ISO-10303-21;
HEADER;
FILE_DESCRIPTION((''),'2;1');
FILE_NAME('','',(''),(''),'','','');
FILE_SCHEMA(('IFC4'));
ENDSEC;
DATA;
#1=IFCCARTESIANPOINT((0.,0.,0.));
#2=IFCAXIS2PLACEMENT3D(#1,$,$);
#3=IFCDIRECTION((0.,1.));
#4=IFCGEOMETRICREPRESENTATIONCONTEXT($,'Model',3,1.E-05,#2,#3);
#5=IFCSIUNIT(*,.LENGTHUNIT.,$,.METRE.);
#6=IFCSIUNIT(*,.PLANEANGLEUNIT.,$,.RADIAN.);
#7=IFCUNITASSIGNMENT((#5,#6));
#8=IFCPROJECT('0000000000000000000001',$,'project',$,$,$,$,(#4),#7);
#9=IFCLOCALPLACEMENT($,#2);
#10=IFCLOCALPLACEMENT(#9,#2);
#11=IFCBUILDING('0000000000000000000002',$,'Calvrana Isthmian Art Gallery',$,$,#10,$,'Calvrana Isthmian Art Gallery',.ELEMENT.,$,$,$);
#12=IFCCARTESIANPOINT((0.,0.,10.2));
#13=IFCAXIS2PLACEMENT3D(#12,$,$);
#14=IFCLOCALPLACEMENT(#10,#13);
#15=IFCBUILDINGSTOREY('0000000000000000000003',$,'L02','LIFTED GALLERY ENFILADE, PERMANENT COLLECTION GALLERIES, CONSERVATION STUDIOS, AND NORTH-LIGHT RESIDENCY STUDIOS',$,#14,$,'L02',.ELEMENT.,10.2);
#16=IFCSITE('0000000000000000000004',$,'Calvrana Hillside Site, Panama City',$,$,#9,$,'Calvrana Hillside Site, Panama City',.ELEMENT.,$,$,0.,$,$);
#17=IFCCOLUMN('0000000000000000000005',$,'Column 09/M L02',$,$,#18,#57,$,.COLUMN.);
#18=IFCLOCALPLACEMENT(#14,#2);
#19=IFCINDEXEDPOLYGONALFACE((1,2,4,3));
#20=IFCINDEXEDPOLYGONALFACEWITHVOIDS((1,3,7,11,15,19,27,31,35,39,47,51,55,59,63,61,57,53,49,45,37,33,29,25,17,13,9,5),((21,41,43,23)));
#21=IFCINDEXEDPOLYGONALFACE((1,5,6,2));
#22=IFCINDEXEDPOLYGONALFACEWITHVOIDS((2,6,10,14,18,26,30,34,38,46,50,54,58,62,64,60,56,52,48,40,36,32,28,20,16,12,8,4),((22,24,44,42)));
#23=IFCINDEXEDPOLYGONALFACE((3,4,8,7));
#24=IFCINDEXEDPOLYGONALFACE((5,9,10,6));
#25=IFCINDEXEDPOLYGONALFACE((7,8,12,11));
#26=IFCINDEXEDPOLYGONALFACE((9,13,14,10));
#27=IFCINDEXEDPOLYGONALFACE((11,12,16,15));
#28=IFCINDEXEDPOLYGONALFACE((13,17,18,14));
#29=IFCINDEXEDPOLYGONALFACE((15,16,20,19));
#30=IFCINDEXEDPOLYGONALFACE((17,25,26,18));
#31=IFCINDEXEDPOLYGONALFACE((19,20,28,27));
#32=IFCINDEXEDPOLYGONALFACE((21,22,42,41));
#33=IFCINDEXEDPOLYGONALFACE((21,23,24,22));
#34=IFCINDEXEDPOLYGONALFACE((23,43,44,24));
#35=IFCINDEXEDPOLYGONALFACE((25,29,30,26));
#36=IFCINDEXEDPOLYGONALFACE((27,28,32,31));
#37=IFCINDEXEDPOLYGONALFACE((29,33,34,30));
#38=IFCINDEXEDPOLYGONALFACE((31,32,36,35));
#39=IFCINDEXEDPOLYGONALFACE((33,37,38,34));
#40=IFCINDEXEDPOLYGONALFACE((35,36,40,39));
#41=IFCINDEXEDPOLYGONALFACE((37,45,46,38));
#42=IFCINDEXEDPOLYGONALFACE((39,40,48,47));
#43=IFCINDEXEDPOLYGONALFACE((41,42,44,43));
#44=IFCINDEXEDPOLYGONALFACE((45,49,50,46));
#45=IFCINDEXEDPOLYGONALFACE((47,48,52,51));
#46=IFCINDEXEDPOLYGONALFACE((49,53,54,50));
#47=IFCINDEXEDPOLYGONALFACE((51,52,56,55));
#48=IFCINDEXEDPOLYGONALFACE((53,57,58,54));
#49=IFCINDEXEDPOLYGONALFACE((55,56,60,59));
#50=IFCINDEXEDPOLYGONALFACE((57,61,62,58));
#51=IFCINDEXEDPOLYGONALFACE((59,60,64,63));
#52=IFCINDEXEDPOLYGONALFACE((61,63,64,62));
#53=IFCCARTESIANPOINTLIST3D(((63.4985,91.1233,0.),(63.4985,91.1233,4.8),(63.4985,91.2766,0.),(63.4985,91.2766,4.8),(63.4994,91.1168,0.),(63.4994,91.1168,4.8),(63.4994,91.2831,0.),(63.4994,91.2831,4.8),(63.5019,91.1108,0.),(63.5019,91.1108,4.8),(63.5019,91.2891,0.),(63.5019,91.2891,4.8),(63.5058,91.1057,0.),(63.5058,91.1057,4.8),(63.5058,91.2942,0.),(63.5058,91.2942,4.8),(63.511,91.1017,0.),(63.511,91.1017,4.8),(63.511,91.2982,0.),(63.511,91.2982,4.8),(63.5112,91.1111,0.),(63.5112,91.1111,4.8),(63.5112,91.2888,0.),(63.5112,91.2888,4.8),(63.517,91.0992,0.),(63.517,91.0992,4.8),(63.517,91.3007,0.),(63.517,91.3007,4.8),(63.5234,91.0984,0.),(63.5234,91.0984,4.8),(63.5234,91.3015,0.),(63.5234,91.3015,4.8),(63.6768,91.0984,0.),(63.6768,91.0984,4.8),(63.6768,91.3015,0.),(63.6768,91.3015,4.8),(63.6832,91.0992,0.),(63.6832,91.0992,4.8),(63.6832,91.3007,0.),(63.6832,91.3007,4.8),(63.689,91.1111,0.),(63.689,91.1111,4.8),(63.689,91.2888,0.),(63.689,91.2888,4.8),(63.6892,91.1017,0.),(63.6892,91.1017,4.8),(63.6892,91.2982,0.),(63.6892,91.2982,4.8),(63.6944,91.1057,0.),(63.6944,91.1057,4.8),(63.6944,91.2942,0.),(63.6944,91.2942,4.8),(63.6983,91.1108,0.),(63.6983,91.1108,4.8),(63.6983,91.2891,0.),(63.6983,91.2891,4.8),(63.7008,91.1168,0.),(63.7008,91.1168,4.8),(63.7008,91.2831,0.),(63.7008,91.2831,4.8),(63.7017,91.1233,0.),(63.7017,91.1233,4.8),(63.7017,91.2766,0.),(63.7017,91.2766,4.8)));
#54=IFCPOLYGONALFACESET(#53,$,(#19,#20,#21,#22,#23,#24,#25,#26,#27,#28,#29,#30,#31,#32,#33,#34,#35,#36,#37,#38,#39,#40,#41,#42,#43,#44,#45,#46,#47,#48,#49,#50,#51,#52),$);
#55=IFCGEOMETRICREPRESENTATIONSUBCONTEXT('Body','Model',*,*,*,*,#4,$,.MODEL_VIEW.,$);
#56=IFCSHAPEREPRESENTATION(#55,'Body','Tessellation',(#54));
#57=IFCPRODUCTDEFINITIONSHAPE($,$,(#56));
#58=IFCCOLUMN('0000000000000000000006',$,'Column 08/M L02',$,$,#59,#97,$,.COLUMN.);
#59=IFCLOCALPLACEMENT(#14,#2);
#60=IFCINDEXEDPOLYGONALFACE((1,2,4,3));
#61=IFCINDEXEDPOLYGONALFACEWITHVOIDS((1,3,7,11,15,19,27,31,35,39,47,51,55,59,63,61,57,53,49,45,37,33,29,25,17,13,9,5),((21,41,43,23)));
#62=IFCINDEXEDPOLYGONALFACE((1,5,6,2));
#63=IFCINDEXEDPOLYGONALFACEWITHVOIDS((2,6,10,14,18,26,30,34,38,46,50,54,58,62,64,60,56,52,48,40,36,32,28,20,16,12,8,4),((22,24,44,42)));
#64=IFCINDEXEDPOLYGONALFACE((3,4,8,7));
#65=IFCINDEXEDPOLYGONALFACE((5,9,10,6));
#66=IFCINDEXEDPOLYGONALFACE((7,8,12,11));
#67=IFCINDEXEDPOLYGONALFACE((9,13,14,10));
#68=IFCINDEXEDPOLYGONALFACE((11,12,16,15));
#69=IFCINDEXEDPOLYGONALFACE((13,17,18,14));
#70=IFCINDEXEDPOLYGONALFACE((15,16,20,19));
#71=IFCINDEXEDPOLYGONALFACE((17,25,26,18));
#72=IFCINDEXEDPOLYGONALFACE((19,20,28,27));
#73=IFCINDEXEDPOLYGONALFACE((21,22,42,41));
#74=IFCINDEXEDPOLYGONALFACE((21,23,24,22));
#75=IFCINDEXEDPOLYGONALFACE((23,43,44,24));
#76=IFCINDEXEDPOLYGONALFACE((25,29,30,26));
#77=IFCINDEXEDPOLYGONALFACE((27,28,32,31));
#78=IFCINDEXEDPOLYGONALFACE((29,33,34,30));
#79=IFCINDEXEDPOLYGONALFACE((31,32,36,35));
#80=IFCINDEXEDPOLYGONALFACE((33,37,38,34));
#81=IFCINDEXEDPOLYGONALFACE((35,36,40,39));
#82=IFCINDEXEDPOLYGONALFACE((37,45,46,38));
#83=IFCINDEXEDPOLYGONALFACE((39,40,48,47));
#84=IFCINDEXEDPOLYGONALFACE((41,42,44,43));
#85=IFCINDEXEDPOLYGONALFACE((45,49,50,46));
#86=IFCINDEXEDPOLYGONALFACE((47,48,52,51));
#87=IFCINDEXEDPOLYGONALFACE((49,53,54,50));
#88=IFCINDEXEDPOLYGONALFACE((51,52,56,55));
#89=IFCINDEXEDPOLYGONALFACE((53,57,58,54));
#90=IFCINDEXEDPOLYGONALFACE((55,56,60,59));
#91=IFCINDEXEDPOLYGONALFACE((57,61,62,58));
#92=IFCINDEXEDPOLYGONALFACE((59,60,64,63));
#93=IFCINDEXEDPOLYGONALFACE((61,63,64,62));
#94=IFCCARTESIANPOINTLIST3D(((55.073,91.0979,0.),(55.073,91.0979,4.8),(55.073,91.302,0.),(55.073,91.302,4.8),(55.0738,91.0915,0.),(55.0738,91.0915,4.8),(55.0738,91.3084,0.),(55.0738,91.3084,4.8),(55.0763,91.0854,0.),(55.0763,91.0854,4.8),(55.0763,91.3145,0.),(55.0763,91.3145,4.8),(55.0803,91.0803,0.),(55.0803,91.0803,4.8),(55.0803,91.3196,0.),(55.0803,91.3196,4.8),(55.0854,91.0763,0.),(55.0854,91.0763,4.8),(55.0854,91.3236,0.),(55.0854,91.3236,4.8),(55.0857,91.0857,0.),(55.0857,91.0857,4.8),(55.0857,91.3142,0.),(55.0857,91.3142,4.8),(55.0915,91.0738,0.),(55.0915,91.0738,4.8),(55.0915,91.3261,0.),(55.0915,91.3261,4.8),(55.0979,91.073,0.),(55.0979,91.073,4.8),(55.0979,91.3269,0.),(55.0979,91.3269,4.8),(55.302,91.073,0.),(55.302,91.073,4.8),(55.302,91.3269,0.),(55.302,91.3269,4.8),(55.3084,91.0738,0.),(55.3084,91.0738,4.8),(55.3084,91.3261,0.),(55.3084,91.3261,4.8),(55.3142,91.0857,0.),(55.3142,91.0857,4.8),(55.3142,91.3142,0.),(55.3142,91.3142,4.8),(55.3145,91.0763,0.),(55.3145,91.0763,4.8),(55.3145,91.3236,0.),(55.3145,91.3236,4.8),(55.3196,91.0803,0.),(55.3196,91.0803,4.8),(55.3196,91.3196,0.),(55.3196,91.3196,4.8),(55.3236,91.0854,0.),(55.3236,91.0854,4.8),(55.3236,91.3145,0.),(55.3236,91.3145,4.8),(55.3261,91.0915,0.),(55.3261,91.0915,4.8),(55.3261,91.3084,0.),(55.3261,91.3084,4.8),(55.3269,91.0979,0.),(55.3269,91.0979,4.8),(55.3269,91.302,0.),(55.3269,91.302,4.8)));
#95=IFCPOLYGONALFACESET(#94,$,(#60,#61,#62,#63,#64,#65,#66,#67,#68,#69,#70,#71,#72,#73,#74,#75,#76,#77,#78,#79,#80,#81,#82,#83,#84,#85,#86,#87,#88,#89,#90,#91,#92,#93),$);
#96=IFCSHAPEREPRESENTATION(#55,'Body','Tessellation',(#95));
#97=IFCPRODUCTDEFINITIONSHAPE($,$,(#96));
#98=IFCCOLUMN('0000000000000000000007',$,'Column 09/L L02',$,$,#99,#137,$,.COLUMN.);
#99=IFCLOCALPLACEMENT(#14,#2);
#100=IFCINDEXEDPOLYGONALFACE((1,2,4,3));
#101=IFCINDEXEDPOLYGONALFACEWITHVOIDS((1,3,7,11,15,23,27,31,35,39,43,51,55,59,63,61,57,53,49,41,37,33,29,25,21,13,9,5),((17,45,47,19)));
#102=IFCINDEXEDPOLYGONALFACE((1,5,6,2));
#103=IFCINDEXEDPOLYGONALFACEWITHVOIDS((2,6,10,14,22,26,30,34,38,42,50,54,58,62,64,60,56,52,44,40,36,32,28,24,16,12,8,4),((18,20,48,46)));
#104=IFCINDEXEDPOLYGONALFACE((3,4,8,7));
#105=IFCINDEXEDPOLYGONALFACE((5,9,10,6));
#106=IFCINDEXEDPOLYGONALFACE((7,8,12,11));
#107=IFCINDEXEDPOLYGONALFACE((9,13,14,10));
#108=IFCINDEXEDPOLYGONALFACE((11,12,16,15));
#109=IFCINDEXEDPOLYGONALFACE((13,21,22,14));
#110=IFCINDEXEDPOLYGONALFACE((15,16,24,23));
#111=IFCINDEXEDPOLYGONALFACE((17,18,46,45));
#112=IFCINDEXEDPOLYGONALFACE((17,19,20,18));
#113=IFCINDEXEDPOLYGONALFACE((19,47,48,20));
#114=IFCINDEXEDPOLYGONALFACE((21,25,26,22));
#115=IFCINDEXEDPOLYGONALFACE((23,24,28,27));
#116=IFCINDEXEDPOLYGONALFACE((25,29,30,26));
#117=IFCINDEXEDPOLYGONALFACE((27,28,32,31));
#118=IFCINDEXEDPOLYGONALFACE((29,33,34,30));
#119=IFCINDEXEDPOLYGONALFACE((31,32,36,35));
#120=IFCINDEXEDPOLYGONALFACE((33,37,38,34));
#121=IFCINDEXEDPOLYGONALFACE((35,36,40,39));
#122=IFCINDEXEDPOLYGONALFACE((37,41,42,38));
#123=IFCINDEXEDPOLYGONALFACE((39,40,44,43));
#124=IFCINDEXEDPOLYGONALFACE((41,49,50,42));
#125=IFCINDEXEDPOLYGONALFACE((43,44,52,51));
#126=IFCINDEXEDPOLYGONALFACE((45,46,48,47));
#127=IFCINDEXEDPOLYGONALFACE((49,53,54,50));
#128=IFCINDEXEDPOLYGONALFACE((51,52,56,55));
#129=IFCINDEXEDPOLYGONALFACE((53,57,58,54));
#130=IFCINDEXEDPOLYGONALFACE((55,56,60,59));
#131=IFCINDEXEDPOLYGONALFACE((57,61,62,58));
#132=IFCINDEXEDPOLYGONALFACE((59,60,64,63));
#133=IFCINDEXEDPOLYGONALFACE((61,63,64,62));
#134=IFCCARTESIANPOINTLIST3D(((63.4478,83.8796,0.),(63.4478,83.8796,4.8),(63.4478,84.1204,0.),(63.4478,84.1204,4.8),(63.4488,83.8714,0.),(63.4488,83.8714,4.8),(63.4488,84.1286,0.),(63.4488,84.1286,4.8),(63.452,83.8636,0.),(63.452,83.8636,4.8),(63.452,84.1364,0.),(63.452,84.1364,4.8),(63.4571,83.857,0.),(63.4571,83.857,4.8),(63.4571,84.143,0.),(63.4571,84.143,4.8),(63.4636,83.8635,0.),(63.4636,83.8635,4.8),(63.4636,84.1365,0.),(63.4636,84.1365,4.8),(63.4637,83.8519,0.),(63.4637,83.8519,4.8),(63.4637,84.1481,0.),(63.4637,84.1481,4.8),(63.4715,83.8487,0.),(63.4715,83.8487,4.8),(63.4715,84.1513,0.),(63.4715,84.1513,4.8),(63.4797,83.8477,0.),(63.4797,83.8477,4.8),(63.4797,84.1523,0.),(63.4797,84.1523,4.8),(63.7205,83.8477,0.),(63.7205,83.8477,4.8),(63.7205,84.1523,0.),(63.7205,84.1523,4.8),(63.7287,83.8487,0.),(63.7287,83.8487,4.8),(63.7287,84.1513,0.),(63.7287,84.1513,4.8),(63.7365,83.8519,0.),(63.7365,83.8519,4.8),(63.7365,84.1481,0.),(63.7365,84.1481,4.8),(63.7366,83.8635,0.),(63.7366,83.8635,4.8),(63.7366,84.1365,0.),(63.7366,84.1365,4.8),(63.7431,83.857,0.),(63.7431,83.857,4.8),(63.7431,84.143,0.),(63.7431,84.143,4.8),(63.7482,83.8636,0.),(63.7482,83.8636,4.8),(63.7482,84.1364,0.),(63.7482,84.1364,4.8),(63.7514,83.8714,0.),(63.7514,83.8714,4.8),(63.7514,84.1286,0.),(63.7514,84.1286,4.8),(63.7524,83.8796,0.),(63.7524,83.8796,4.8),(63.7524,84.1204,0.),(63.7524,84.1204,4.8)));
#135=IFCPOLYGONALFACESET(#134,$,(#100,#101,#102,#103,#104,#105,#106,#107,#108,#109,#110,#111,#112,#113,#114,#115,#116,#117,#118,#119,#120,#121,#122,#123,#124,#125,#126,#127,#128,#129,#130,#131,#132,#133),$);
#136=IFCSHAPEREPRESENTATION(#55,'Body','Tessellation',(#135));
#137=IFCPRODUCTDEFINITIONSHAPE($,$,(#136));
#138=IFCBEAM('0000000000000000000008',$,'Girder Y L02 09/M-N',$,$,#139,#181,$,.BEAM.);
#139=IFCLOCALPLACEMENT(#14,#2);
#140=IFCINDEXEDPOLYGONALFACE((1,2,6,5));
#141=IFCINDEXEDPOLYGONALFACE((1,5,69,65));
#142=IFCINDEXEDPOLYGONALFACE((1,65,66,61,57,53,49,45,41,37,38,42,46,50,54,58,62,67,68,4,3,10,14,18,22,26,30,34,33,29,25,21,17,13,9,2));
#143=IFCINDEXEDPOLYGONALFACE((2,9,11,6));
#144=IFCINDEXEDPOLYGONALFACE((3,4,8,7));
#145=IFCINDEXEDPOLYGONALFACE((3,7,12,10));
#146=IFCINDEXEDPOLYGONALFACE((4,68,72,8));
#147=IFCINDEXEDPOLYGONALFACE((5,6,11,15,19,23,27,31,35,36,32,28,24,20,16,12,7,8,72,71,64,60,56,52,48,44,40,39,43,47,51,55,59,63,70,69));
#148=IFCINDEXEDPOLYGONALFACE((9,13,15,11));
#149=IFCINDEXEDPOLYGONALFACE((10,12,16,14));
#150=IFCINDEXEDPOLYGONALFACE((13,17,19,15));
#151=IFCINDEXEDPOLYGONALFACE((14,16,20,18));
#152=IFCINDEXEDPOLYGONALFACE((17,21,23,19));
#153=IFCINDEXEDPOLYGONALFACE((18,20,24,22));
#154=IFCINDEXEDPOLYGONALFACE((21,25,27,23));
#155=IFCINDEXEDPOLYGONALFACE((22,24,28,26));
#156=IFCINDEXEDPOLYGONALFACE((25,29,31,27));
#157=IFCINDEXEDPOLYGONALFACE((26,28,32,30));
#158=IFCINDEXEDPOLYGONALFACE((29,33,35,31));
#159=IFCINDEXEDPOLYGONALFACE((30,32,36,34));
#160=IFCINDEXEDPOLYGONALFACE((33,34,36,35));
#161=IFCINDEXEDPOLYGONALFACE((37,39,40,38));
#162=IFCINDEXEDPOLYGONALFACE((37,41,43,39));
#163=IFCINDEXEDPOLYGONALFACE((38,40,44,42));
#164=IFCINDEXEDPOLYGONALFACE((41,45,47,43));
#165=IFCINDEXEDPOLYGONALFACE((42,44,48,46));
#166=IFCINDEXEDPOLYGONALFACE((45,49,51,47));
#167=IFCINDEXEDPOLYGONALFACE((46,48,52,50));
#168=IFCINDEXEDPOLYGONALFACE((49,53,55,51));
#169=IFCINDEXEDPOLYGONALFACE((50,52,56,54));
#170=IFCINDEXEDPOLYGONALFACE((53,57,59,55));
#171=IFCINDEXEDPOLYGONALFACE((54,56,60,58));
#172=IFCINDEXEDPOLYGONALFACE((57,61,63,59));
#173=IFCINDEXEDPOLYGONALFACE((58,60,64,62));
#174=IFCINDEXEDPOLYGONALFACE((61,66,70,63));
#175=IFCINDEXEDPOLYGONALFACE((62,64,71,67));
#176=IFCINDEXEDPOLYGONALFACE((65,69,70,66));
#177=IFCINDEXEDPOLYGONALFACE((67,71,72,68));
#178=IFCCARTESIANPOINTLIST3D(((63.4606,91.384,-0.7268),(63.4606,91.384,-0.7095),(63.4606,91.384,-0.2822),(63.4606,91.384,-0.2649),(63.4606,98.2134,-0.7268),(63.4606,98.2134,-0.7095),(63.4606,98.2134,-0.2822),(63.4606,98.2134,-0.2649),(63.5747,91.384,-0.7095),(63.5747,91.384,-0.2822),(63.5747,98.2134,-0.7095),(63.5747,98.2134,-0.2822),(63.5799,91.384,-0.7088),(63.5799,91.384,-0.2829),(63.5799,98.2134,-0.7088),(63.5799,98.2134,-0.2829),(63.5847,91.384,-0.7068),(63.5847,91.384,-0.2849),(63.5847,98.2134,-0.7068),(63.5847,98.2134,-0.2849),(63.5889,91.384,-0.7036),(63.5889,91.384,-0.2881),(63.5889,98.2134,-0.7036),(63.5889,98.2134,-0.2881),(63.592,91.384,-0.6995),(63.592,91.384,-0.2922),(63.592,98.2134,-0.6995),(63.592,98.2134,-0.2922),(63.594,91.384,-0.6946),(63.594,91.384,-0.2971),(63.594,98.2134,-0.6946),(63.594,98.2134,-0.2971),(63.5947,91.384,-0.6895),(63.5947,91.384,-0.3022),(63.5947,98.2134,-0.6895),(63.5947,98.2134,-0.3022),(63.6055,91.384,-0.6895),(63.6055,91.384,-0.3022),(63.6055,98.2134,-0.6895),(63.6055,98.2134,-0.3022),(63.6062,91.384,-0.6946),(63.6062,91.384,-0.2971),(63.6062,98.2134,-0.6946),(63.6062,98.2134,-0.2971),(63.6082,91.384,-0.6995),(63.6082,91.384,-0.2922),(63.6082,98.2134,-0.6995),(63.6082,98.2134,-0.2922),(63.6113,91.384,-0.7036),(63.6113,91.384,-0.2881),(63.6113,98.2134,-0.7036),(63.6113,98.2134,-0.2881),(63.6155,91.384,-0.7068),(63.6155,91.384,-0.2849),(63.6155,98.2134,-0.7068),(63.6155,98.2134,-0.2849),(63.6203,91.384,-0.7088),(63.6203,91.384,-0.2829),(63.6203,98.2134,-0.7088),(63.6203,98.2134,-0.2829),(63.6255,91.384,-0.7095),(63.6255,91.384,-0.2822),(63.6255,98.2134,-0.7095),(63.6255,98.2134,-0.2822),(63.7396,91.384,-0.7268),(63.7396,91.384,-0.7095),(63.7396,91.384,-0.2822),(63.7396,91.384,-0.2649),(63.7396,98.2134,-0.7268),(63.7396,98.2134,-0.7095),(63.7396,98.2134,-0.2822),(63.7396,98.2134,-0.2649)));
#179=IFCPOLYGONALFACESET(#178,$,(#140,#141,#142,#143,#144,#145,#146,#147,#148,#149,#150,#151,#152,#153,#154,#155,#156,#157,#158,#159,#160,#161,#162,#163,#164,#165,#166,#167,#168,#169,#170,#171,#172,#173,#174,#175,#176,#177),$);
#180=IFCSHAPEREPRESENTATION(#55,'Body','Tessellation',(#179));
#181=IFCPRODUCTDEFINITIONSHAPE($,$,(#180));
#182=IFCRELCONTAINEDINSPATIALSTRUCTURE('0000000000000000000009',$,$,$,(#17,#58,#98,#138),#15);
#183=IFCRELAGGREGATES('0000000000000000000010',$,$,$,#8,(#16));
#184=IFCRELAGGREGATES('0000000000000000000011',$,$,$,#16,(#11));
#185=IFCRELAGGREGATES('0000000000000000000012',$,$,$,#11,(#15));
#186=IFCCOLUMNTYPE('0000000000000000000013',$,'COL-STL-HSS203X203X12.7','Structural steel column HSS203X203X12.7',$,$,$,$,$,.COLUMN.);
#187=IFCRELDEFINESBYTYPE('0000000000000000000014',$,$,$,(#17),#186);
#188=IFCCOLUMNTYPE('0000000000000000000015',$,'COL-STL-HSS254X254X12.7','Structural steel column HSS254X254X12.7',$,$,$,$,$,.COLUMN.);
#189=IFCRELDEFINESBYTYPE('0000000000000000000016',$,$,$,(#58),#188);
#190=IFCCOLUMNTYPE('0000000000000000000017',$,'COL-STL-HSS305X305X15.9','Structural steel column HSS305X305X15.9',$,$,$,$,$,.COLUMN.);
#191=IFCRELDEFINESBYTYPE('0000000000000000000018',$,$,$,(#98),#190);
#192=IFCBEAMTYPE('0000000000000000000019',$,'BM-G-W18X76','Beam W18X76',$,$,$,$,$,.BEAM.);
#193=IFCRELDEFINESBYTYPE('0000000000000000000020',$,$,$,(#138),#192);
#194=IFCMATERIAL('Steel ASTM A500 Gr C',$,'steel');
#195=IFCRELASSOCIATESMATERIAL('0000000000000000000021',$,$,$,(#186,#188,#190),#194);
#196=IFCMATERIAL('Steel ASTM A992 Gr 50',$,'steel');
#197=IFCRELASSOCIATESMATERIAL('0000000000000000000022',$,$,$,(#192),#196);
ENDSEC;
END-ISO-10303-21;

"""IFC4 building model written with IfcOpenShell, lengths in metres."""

from ifc_helpers import new_model, si_unit, direction, frame, origin, origin_2d, place, context, subcontext, project, spatial, hollow_rectangle, i_section, extrude, material, material_profile, profile_set, type_object, element, save


model = new_model("IFC4")

# Units and contexts
model_context = context("Model", 3, precision=1e-05, world=origin(), true_north=direction((0.0, 1.0)))
body_context = subcontext(model_context, "Body", "Model", "MODEL_VIEW")
ifc_project = project(units=[si_unit("LENGTHUNIT", "METRE"), si_unit("PLANEANGLEUNIT", "RADIAN")], contexts=[model_context])

# Site, building, storey
site_placement = place(None, origin())
site = spatial("IfcSite", under=ifc_project, at=site_placement, Name="Calvrana Hillside Site, Panama City", LongName="Calvrana Hillside Site, Panama City", CompositionType="ELEMENT", RefElevation=0.0)
building_placement = place(site_placement, origin())
building = spatial("IfcBuilding", under=site, at=building_placement, Name="Calvrana Isthmian Art Gallery", LongName="Calvrana Isthmian Art Gallery", CompositionType="ELEMENT")
storey_placement = place(building_placement, frame((0.0, 0.0, 10.2)))
storey = spatial("IfcBuildingStorey", under=building, at=storey_placement, Name="L02", Description="LIFTED GALLERY ENFILADE, PERMANENT COLLECTION GALLERIES, CONSERVATION STUDIOS, AND NORTH-LIGHT RESIDENCY STUDIOS", LongName="L02", CompositionType="ELEMENT", Elevation=10.2)

# Columns
ifc_material_1 = material(Name="Steel ASTM A500 Gr C", Category="steel")
ifc_material_profile_1 = material_profile(ifc_material_1, hollow_rectangle(XDim=0.2031, YDim=0.2031, WallThickness=0.0127, OuterFilletRadius=0.0249, at=origin_2d()), Name="HSS203X203X12.7")
ifc_profile_set_1 = profile_set([ifc_material_profile_1], Name="Steel ASTM A500 Gr C")
column_type_1 = type_object("IfcColumnType", Name="COL-STL-HSS203X203X12.7", Description="Structural steel column HSS203X203X12.7", PredefinedType="COLUMN", material=ifc_profile_set_1)
column_1_placement = place(storey_placement, frame((63.6001, 91.2, 0.0), z_axis=(0.0, 0.0, 1.0), x_axis=(1.0, 0.0, 0.0)))
element("IfcColumn", 1, at=column_1_placement, inside=storey, type_object=column_type_1, Name="Column 09/M L02", PredefinedType="COLUMN", context=body_context, shape_type="SweptSolid", body=[
    extrude(hollow_rectangle(XDim=0.2031, YDim=0.2031, WallThickness=0.0127, OuterFilletRadius=0.0249, at=origin_2d()), origin(), (0.0, 0.0, 1.0), 4.8),
])
ifc_material_profile_2 = material_profile(ifc_material_1, hollow_rectangle(XDim=0.2539, YDim=0.2539, WallThickness=0.0127, OuterFilletRadius=0.0249, at=origin_2d()), Name="HSS254X254X12.7")
ifc_profile_set_2 = profile_set([ifc_material_profile_2], Name="Steel ASTM A500 Gr C")
column_type_2 = type_object("IfcColumnType", Name="COL-STL-HSS254X254X12.7", Description="Structural steel column HSS254X254X12.7", PredefinedType="COLUMN", material=ifc_profile_set_2)
column_2_placement = place(storey_placement, frame((55.2, 91.2, 0.0), z_axis=(0.0, 0.0, 1.0), x_axis=(1.0, 0.0, 0.0)))
element("IfcColumn", 2, at=column_2_placement, inside=storey, type_object=column_type_2, Name="Column 08/M L02", PredefinedType="COLUMN", context=body_context, shape_type="SweptSolid", body=[
    extrude(hollow_rectangle(XDim=0.2539, YDim=0.2539, WallThickness=0.0127, OuterFilletRadius=0.0249, at=origin_2d()), origin(), (0.0, 0.0, 1.0), 4.8),
])
ifc_material_profile_3 = material_profile(ifc_material_1, hollow_rectangle(XDim=0.3047, YDim=0.3047, WallThickness=0.0159, OuterFilletRadius=0.032, at=origin_2d()), Name="HSS305X305X15.9")
ifc_profile_set_3 = profile_set([ifc_material_profile_3], Name="Steel ASTM A500 Gr C")
column_type_3 = type_object("IfcColumnType", Name="COL-STL-HSS305X305X15.9", Description="Structural steel column HSS305X305X15.9", PredefinedType="COLUMN", material=ifc_profile_set_3)
column_3_placement = place(storey_placement, frame((63.6001, 84.0, 0.0), z_axis=(0.0, 0.0, 1.0), x_axis=(1.0, 0.0, 0.0)))
element("IfcColumn", 3, at=column_3_placement, inside=storey, type_object=column_type_3, Name="Column 09/L L02", PredefinedType="COLUMN", context=body_context, shape_type="SweptSolid", body=[
    extrude(hollow_rectangle(XDim=0.3047, YDim=0.3047, WallThickness=0.0159, OuterFilletRadius=0.032, at=origin_2d()), origin(), (0.0, 0.0, 1.0), 4.8),
])

# Beam
ifc_material_2 = material(Name="Steel ASTM A992 Gr 50", Category="steel")
ifc_material_profile_4 = material_profile(ifc_material_2, i_section(OverallWidth=0.2791, OverallDepth=0.4619, WebThickness=0.0107, FlangeThickness=0.0173, FilletRadius=0.02, at=origin_2d()), Name="W18X76")
ifc_profile_set_4 = profile_set([ifc_material_profile_4], Name="Steel ASTM A992 Gr 50")
beam_type_1 = type_object("IfcBeamType", Name="BM-G-W18X76", Description="Beam W18X76", PredefinedType="BEAM", material=ifc_profile_set_4)
beam_1_placement = place(storey_placement, frame((63.6001, 91.384, -0.4958), z_axis=(0.0, 1.0, 0.0), x_axis=(-1.0, 0.0, 0.0)))
element("IfcBeam", 4, at=beam_1_placement, inside=storey, type_object=beam_type_1, Name="Girder Y L02 09/M-N", PredefinedType="BEAM", context=body_context, shape_type="SweptSolid", body=[
    extrude(i_section(OverallWidth=0.2791, OverallDepth=0.4619, WebThickness=0.0107, FlangeThickness=0.0173, FilletRadius=0.02, at=origin_2d()), origin(), (0.0, 0.0, 1.0), 6.8293),
])

save(model, "model.ifc")
